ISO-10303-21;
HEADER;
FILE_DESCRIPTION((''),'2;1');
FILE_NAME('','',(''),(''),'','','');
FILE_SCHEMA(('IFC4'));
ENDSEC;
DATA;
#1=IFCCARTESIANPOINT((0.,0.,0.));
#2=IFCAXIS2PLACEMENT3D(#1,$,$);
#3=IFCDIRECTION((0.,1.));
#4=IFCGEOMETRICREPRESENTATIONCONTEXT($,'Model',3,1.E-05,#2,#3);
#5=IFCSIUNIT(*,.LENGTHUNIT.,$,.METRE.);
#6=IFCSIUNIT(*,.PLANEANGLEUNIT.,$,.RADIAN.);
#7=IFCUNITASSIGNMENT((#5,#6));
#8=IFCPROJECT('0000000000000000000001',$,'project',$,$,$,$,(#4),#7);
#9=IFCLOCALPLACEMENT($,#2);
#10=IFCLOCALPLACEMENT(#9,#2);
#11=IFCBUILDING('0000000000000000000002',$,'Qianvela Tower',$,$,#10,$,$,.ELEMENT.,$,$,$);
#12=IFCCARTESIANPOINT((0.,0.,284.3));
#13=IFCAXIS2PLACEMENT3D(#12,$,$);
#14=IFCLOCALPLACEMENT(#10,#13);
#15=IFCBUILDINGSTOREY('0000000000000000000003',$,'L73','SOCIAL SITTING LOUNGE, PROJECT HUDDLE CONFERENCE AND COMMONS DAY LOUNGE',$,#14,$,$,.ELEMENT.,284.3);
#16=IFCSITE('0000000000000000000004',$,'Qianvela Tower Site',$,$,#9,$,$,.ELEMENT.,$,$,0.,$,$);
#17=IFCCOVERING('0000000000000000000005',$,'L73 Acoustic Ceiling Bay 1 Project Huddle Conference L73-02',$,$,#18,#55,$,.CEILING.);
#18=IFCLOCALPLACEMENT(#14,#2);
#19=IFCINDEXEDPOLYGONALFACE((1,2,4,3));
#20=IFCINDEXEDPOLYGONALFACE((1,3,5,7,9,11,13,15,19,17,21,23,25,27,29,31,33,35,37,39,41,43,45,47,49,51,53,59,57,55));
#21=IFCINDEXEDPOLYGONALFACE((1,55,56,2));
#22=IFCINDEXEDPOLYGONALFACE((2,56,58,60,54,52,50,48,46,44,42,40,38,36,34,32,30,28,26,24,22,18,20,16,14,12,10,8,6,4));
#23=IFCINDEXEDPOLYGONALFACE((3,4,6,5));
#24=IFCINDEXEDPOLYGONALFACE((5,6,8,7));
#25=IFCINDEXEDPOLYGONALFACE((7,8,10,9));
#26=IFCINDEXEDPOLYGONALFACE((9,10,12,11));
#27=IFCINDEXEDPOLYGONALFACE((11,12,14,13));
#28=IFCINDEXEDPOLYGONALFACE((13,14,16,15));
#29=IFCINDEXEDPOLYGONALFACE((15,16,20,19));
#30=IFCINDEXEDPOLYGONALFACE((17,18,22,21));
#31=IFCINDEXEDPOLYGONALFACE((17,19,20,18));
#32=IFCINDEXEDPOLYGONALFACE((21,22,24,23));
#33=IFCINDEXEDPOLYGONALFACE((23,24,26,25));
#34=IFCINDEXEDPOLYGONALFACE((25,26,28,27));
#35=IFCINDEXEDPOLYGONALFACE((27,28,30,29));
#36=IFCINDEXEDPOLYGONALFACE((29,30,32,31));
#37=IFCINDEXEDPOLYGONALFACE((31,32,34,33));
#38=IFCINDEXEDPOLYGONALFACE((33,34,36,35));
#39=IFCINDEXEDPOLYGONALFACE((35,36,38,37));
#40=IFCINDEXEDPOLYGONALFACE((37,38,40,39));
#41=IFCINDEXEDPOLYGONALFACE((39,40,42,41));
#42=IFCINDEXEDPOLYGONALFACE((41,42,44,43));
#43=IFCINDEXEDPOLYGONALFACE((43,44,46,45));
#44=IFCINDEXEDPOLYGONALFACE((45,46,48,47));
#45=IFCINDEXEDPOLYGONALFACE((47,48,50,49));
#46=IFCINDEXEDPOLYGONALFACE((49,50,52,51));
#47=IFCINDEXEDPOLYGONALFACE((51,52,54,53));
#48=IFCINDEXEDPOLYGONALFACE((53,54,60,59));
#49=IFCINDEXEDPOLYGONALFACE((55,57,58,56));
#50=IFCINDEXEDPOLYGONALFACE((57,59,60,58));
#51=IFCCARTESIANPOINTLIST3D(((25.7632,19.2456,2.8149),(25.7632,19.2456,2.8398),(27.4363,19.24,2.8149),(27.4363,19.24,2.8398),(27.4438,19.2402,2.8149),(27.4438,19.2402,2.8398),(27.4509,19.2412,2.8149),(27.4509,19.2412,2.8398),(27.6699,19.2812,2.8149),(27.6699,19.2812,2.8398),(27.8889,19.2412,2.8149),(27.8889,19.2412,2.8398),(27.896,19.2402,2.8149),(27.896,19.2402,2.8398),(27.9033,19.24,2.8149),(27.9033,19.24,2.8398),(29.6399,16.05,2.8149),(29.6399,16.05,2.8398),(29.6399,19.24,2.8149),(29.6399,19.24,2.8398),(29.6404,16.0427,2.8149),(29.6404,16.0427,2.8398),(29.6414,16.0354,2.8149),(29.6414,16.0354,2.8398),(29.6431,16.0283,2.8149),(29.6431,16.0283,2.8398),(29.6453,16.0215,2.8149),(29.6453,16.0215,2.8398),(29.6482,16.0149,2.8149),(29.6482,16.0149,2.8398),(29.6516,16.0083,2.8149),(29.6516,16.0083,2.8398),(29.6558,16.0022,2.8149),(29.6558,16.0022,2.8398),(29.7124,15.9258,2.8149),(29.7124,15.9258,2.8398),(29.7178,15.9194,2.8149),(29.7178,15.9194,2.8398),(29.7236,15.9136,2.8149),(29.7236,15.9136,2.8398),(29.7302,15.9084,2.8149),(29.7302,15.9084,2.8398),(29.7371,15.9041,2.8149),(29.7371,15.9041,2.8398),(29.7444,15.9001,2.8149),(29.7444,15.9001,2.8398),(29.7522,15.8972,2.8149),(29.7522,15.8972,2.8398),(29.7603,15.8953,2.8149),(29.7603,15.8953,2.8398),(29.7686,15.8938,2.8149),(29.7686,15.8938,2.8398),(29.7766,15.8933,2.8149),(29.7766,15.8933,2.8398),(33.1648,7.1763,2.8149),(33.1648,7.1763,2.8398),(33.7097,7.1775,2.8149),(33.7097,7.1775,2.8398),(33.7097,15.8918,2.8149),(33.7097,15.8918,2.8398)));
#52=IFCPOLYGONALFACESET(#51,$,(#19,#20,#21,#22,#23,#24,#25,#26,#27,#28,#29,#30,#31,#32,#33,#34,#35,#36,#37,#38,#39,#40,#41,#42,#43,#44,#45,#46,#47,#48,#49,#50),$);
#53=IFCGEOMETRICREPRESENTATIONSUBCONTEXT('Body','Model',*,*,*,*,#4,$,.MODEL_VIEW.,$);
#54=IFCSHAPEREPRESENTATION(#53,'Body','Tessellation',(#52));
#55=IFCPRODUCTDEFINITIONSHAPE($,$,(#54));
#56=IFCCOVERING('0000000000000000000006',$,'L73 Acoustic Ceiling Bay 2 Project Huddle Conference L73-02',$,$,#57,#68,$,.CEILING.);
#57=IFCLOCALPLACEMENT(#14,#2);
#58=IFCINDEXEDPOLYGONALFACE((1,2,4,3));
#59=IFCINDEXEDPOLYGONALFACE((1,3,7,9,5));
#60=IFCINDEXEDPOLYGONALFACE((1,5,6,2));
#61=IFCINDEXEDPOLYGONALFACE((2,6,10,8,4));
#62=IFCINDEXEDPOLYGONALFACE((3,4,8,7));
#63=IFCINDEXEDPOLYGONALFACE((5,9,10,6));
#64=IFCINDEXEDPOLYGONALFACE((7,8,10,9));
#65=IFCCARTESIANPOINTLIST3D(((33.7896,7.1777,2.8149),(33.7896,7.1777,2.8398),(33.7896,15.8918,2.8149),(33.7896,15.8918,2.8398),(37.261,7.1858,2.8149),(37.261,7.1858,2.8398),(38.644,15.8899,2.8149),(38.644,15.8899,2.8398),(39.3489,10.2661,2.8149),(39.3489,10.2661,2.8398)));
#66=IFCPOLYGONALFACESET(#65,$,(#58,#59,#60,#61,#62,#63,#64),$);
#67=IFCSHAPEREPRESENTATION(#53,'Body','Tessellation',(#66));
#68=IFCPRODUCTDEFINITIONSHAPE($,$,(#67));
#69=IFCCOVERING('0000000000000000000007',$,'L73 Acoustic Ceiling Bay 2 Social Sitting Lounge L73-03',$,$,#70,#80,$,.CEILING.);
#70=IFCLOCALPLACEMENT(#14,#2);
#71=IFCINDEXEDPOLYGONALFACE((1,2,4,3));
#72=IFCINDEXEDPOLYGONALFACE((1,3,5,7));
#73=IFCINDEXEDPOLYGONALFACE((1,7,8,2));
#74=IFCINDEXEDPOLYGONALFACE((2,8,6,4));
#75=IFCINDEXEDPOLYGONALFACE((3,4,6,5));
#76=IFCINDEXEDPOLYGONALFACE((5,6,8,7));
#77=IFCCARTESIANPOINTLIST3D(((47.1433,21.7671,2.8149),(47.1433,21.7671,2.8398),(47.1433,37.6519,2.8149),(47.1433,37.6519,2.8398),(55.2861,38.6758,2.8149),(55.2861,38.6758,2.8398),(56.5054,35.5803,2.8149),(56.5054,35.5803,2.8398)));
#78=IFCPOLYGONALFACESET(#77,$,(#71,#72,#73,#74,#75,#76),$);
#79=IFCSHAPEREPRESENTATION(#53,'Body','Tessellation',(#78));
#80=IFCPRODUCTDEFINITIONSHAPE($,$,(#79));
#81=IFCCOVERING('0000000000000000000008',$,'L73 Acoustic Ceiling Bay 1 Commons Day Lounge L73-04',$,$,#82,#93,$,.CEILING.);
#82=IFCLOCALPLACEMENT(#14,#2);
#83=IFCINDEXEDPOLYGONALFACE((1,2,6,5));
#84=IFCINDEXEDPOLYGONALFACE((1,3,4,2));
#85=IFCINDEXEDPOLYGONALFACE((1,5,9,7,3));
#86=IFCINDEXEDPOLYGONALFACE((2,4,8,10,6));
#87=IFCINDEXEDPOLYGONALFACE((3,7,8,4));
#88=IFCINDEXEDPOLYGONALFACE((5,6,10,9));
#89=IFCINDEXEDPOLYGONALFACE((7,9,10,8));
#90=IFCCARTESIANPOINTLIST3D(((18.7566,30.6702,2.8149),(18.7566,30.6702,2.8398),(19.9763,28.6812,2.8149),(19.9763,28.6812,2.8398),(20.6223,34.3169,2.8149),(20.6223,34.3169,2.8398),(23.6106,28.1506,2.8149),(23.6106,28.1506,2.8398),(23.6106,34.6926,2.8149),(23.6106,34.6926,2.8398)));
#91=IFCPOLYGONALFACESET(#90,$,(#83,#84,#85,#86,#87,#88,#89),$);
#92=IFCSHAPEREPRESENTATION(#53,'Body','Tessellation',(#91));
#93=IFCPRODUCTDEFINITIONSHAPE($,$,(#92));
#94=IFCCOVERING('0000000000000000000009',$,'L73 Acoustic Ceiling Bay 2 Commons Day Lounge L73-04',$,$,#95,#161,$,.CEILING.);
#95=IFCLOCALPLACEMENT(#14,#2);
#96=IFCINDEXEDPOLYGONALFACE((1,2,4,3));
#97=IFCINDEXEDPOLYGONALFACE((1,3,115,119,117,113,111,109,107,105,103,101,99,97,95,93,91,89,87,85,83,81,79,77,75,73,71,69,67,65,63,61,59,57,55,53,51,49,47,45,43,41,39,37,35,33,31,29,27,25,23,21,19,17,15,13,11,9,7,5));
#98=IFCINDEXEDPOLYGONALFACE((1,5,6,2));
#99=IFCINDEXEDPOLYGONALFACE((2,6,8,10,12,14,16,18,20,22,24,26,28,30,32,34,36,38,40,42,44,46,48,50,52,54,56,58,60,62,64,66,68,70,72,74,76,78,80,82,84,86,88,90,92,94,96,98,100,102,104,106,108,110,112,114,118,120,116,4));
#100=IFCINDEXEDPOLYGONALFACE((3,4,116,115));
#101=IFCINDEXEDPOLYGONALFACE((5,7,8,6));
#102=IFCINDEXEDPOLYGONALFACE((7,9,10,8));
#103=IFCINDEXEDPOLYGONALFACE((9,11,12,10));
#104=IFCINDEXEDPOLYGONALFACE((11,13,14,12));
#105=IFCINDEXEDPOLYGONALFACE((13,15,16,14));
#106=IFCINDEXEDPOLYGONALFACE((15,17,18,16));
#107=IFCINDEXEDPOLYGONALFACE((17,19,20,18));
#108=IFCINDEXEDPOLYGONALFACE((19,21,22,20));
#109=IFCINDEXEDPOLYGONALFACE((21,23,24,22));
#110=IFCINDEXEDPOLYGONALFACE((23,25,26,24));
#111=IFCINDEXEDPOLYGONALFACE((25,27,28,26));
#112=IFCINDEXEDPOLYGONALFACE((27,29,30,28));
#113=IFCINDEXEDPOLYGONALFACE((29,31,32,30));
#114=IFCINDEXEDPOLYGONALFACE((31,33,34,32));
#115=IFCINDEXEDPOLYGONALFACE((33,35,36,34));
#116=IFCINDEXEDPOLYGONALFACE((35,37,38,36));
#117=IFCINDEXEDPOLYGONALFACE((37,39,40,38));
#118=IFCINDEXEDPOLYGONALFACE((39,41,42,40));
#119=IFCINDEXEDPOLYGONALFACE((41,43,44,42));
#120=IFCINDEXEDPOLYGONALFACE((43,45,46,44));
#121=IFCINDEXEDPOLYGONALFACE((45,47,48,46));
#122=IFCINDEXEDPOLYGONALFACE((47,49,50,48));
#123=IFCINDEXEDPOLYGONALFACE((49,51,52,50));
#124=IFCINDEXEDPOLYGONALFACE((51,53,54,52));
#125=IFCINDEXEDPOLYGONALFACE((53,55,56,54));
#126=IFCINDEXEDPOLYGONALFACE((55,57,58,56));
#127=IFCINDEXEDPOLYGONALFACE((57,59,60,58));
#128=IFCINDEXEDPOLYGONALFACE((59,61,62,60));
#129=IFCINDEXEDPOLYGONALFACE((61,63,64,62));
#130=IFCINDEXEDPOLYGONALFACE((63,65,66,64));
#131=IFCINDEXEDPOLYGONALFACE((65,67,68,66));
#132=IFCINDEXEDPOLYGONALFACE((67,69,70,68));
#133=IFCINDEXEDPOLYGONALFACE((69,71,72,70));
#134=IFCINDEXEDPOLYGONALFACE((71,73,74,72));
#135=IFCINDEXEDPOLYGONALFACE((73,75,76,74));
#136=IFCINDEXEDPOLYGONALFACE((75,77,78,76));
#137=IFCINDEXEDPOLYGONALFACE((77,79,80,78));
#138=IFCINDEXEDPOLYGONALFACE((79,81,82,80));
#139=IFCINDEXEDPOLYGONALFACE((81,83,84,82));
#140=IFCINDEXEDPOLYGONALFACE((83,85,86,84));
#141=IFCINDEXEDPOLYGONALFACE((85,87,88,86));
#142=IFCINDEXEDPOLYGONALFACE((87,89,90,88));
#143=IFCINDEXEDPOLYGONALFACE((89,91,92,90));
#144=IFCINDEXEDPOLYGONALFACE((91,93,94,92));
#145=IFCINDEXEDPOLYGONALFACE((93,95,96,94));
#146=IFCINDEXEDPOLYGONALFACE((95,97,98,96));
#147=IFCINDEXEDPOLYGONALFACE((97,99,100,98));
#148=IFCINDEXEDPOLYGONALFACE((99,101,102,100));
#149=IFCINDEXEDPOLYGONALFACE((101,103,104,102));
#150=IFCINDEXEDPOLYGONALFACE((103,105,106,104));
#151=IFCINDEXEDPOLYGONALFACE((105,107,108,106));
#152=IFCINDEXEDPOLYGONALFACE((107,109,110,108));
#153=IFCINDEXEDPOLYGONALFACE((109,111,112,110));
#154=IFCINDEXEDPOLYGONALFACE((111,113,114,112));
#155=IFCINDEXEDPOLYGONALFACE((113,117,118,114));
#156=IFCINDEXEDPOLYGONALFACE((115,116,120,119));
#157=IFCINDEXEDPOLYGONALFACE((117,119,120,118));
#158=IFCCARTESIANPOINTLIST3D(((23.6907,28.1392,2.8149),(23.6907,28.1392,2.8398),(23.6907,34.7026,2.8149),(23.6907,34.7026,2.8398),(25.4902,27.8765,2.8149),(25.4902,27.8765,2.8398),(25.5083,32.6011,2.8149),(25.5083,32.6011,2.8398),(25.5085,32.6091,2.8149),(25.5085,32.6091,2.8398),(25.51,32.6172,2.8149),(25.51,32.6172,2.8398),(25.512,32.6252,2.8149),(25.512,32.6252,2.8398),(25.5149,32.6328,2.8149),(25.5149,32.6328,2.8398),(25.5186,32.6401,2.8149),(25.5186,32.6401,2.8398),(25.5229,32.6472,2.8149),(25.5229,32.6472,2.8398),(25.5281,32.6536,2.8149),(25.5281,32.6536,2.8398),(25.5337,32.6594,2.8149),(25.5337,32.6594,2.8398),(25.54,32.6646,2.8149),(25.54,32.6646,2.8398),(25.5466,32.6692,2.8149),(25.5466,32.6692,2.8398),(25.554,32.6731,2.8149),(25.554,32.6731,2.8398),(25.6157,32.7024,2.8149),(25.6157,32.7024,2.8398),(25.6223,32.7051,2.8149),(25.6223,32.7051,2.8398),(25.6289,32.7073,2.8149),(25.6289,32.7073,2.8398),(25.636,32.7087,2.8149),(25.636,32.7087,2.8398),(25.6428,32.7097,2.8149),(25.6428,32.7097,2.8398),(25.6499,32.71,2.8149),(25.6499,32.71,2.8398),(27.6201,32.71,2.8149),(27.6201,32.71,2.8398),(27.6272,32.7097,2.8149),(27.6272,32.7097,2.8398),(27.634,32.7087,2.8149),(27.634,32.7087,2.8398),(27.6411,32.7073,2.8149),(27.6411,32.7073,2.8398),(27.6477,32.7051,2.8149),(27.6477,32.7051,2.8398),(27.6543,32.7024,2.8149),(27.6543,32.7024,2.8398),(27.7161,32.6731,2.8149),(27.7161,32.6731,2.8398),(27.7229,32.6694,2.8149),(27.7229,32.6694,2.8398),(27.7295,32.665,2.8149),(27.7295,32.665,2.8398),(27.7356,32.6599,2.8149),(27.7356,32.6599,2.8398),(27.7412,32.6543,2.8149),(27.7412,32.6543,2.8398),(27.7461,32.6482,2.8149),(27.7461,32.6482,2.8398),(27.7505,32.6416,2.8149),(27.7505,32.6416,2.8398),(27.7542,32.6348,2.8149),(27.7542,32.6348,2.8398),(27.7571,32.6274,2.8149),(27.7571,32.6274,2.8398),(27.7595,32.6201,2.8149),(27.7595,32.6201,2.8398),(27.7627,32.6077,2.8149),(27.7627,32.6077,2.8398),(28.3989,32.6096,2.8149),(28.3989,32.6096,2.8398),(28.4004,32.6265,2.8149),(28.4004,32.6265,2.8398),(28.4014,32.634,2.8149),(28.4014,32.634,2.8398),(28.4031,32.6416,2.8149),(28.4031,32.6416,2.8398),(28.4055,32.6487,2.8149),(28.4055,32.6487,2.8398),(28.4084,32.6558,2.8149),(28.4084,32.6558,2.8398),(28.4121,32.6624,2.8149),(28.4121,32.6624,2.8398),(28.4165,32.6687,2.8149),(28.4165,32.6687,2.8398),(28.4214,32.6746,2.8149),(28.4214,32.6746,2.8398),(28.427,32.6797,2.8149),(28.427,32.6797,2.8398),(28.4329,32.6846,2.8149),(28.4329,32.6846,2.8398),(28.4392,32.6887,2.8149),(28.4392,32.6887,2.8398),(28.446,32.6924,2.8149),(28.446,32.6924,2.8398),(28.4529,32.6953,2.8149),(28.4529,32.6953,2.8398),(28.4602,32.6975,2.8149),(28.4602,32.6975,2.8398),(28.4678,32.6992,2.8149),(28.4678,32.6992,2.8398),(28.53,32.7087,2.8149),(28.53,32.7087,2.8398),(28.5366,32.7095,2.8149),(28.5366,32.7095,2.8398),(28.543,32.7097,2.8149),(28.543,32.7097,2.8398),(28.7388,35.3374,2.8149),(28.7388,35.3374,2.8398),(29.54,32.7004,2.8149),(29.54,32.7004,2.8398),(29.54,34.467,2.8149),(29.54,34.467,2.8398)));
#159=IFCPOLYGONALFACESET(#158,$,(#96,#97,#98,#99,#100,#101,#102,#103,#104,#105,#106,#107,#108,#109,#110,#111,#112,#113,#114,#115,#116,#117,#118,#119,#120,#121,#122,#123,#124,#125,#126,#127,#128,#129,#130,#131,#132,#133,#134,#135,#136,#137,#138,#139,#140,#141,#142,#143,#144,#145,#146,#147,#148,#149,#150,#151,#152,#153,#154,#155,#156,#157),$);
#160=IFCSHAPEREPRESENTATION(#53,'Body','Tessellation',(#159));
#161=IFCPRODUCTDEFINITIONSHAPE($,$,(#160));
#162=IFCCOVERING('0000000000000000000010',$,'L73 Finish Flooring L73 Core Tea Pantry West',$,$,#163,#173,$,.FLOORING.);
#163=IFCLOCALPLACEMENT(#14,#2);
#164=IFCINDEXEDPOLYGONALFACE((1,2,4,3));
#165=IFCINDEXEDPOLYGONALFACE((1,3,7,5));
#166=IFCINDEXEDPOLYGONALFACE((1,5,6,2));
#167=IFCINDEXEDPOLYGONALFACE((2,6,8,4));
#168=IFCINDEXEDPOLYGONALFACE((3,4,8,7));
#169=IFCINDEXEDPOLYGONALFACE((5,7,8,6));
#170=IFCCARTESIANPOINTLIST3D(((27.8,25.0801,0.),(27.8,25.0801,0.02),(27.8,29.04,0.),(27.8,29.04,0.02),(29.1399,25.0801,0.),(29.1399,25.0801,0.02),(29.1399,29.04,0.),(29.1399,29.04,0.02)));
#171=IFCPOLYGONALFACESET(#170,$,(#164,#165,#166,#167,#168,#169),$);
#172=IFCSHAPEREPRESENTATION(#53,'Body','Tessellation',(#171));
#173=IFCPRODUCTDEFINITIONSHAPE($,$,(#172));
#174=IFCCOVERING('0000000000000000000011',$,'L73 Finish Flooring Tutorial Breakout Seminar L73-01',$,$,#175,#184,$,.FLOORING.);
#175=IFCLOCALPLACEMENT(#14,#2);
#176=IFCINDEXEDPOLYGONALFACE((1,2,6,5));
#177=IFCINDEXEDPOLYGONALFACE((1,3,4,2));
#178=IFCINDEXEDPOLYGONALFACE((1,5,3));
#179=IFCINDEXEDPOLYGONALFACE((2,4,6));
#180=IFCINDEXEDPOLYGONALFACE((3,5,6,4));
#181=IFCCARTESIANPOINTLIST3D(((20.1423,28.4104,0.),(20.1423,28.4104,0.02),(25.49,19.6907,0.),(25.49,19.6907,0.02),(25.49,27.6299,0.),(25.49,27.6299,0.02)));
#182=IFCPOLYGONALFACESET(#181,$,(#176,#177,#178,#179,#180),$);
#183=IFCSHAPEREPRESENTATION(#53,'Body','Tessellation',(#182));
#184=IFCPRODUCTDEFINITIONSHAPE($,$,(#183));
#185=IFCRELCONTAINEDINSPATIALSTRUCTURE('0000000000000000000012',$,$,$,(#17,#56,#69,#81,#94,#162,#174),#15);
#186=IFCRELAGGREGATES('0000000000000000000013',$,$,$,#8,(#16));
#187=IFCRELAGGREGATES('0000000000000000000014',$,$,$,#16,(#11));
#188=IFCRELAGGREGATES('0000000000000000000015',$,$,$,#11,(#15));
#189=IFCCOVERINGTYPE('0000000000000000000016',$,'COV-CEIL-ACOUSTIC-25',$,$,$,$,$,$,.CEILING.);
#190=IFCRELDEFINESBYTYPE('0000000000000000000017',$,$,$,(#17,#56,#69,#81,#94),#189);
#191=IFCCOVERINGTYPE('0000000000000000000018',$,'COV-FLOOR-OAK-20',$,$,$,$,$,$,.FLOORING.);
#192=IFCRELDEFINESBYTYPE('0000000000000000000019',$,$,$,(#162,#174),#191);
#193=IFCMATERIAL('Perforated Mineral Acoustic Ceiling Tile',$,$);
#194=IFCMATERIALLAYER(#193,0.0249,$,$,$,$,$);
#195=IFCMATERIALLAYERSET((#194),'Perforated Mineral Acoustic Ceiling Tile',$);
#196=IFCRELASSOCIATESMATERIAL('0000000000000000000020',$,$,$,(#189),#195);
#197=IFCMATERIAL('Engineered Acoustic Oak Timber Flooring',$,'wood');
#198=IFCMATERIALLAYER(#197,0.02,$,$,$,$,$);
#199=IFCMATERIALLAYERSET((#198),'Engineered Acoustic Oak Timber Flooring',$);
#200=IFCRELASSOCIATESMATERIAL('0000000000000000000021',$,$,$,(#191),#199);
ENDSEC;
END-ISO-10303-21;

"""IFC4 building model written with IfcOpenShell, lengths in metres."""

from ifc_helpers import new_model, si_unit, direction, frame, origin, place, context, subcontext, project, spatial, polyline, outline, extrude, material, layer, layer_set, type_object, element, save


model = new_model("IFC4")

# Units and contexts
model_context = context("Model", 3, precision=1e-05, world=origin(), true_north=direction((0.0, 1.0)))
body_context = subcontext(model_context, "Body", "Model", "MODEL_VIEW")
ifc_project = project(units=[si_unit("LENGTHUNIT", "METRE"), si_unit("PLANEANGLEUNIT", "RADIAN")], contexts=[model_context])

# Site, building, storey
site_placement = place(None, origin())
site = spatial("IfcSite", under=ifc_project, at=site_placement, Name="Qianvela Tower Site", CompositionType="ELEMENT", RefElevation=0.0)
building_placement = place(site_placement, origin())
building = spatial("IfcBuilding", under=site, at=building_placement, Name="Qianvela Tower", CompositionType="ELEMENT")
storey_placement = place(building_placement, frame((0.0, 0.0, 284.3)))
storey = spatial("IfcBuildingStorey", under=building, at=storey_placement, Name="L73", Description="SOCIAL SITTING LOUNGE, PROJECT HUDDLE CONFERENCE AND COMMONS DAY LOUNGE", CompositionType="ELEMENT", Elevation=284.3)

# Coverings
ifc_material_1 = material(Name="Perforated Mineral Acoustic Ceiling Tile")
ifc_layer_1 = layer(ifc_material_1, 0.0249)
ifc_layer_set_1 = layer_set([ifc_layer_1], Name="Perforated Mineral Acoustic Ceiling Tile")
covering_type_1 = type_object("IfcCoveringType", Name="COV-CEIL-ACOUSTIC-25", PredefinedType="CEILING", material=ifc_layer_set_1)
covering_1_placement = place(storey_placement, frame((0.0, 0.0, 2.8149)))
element("IfcCovering", 1, at=covering_1_placement, inside=storey, type_object=covering_type_1, Name="L73 Acoustic Ceiling Bay 1 Project Huddle Conference L73-02", PredefinedType="CEILING", context=body_context, shape_type="SweptSolid", body=[
    extrude(outline(polyline([(33.1648, 7.1763), (25.7632, 19.2456), (27.4363, 19.24), (27.4438, 19.2402), (27.4509, 19.2412), (27.6699, 19.2812), (27.8889, 19.2412), (27.896, 19.2402), (27.9033, 19.24), (29.6399, 19.24), (29.6399, 16.05), (29.6404, 16.0427), (29.6414, 16.0354), (29.6431, 16.0283), (29.6453, 16.0215), (29.6482, 16.0149), (29.6516, 16.0083), (29.6558, 16.0022), (29.7124, 15.9258), (29.7178, 15.9194), (29.7236, 15.9136), (29.7302, 15.9084), (29.7371, 15.9041), (29.7444, 15.9001), (29.7522, 15.8972), (29.7603, 15.8953), (29.7686, 15.8938), (29.7766, 15.8933), (33.7097, 15.8918), (33.7097, 7.1775), (33.1648, 7.1763)])), origin(), (0.0, 0.0, 1.0), 0.0249),
])
covering_2_placement = place(storey_placement, frame((0.0, 0.0, 2.8149)))
element("IfcCovering", 2, at=covering_2_placement, inside=storey, type_object=covering_type_1, Name="L73 Acoustic Ceiling Bay 2 Project Huddle Conference L73-02", PredefinedType="CEILING", context=body_context, shape_type="SweptSolid", body=[
    extrude(outline(polyline([(33.7896, 7.1777), (33.7896, 15.8918), (38.644, 15.8899), (39.3489, 10.2661), (37.261, 7.1858), (33.7896, 7.1777)])), origin(), (0.0, 0.0, 1.0), 0.0249),
])
covering_3_placement = place(storey_placement, frame((0.0, 0.0, 2.8149)))
element("IfcCovering", 3, at=covering_3_placement, inside=storey, type_object=covering_type_1, Name="L73 Acoustic Ceiling Bay 2 Social Sitting Lounge L73-03", PredefinedType="CEILING", context=body_context, shape_type="SweptSolid", body=[
    extrude(outline(polyline([(55.2861, 38.6758), (56.5054, 35.5803), (47.1433, 21.7671), (47.1433, 37.6519), (55.2861, 38.6758)])), origin(), (0.0, 0.0, 1.0), 0.0249),
])
covering_4_placement = place(storey_placement, frame((0.0, 0.0, 2.8149)))
element("IfcCovering", 4, at=covering_4_placement, inside=storey, type_object=covering_type_1, Name="L73 Acoustic Ceiling Bay 1 Commons Day Lounge L73-04", PredefinedType="CEILING", context=body_context, shape_type="SweptSolid", body=[
    extrude(outline(polyline([(19.9763, 28.6812), (18.7566, 30.6702), (20.6223, 34.3169), (23.6106, 34.6926), (23.6106, 28.1506), (19.9763, 28.6812)])), origin(), (0.0, 0.0, 1.0), 0.0249),
])
covering_5_placement = place(storey_placement, frame((0.0, 0.0, 2.8149)))
element("IfcCovering", 5, at=covering_5_placement, inside=storey, type_object=covering_type_1, Name="L73 Acoustic Ceiling Bay 2 Commons Day Lounge L73-04", PredefinedType="CEILING", context=body_context, shape_type="SweptSolid", body=[
    extrude(outline(polyline([(29.54, 34.467), (29.54, 32.7004), (28.543, 32.7097), (28.5366, 32.7095), (28.53, 32.7087), (28.4678, 32.6992), (28.4602, 32.6975), (28.4529, 32.6953), (28.446, 32.6924), (28.4392, 32.6887), (28.4329, 32.6846), (28.427, 32.6797), (28.4214, 32.6746), (28.4165, 32.6687), (28.4121, 32.6624), (28.4084, 32.6558), (28.4055, 32.6487), (28.4031, 32.6416), (28.4014, 32.634), (28.4004, 32.6265), (28.3989, 32.6096), (27.7627, 32.6077), (27.7595, 32.6201), (27.7571, 32.6274), (27.7542, 32.6348), (27.7505, 32.6416), (27.7461, 32.6482), (27.7412, 32.6543), (27.7356, 32.6599), (27.7295, 32.665), (27.7229, 32.6694), (27.7161, 32.6731), (27.6543, 32.7024), (27.6477, 32.7051), (27.6411, 32.7073), (27.634, 32.7087), (27.6272, 32.7097), (27.6201, 32.71), (25.6499, 32.71), (25.6428, 32.7097), (25.636, 32.7087), (25.6289, 32.7073), (25.6223, 32.7051), (25.6157, 32.7024), (25.554, 32.6731), (25.5466, 32.6692), (25.54, 32.6646), (25.5337, 32.6594), (25.5281, 32.6536), (25.5229, 32.6472), (25.5186, 32.6401), (25.5149, 32.6328), (25.512, 32.6252), (25.51, 32.6172), (25.5085, 32.6091), (25.5083, 32.6011), (25.4902, 27.8765), (23.6907, 28.1392), (23.6907, 34.7026), (28.7388, 35.3374), (29.54, 34.467)])), origin(), (0.0, 0.0, 1.0), 0.0249),
])
ifc_material_2 = material(Name="Engineered Acoustic Oak Timber Flooring", Category="wood")
ifc_layer_2 = layer(ifc_material_2, 0.02)
ifc_layer_set_2 = layer_set([ifc_layer_2], Name="Engineered Acoustic Oak Timber Flooring")
covering_type_2 = type_object("IfcCoveringType", Name="COV-FLOOR-OAK-20", PredefinedType="FLOORING", material=ifc_layer_set_2)
covering_6_placement = place(storey_placement, origin())
element("IfcCovering", 6, at=covering_6_placement, inside=storey, type_object=covering_type_2, Name="L73 Finish Flooring L73 Core Tea Pantry West", PredefinedType="FLOORING", context=body_context, shape_type="SweptSolid", body=[
    extrude(outline(polyline([(27.8, 25.0801), (27.8, 29.04), (29.1399, 29.04), (29.1399, 25.0801), (27.8, 25.0801)])), origin(), (0.0, 0.0, 1.0), 0.02),
])
covering_7_placement = place(storey_placement, origin())
element("IfcCovering", 7, at=covering_7_placement, inside=storey, type_object=covering_type_2, Name="L73 Finish Flooring Tutorial Breakout Seminar L73-01", PredefinedType="FLOORING", context=body_context, shape_type="SweptSolid", body=[
    extrude(outline(polyline([(20.1423, 28.4104), (25.49, 27.6299), (25.49, 19.6907), (20.1423, 28.4104)])), origin(), (0.0, 0.0, 1.0), 0.02),
])

save(model, "model.ifc")
